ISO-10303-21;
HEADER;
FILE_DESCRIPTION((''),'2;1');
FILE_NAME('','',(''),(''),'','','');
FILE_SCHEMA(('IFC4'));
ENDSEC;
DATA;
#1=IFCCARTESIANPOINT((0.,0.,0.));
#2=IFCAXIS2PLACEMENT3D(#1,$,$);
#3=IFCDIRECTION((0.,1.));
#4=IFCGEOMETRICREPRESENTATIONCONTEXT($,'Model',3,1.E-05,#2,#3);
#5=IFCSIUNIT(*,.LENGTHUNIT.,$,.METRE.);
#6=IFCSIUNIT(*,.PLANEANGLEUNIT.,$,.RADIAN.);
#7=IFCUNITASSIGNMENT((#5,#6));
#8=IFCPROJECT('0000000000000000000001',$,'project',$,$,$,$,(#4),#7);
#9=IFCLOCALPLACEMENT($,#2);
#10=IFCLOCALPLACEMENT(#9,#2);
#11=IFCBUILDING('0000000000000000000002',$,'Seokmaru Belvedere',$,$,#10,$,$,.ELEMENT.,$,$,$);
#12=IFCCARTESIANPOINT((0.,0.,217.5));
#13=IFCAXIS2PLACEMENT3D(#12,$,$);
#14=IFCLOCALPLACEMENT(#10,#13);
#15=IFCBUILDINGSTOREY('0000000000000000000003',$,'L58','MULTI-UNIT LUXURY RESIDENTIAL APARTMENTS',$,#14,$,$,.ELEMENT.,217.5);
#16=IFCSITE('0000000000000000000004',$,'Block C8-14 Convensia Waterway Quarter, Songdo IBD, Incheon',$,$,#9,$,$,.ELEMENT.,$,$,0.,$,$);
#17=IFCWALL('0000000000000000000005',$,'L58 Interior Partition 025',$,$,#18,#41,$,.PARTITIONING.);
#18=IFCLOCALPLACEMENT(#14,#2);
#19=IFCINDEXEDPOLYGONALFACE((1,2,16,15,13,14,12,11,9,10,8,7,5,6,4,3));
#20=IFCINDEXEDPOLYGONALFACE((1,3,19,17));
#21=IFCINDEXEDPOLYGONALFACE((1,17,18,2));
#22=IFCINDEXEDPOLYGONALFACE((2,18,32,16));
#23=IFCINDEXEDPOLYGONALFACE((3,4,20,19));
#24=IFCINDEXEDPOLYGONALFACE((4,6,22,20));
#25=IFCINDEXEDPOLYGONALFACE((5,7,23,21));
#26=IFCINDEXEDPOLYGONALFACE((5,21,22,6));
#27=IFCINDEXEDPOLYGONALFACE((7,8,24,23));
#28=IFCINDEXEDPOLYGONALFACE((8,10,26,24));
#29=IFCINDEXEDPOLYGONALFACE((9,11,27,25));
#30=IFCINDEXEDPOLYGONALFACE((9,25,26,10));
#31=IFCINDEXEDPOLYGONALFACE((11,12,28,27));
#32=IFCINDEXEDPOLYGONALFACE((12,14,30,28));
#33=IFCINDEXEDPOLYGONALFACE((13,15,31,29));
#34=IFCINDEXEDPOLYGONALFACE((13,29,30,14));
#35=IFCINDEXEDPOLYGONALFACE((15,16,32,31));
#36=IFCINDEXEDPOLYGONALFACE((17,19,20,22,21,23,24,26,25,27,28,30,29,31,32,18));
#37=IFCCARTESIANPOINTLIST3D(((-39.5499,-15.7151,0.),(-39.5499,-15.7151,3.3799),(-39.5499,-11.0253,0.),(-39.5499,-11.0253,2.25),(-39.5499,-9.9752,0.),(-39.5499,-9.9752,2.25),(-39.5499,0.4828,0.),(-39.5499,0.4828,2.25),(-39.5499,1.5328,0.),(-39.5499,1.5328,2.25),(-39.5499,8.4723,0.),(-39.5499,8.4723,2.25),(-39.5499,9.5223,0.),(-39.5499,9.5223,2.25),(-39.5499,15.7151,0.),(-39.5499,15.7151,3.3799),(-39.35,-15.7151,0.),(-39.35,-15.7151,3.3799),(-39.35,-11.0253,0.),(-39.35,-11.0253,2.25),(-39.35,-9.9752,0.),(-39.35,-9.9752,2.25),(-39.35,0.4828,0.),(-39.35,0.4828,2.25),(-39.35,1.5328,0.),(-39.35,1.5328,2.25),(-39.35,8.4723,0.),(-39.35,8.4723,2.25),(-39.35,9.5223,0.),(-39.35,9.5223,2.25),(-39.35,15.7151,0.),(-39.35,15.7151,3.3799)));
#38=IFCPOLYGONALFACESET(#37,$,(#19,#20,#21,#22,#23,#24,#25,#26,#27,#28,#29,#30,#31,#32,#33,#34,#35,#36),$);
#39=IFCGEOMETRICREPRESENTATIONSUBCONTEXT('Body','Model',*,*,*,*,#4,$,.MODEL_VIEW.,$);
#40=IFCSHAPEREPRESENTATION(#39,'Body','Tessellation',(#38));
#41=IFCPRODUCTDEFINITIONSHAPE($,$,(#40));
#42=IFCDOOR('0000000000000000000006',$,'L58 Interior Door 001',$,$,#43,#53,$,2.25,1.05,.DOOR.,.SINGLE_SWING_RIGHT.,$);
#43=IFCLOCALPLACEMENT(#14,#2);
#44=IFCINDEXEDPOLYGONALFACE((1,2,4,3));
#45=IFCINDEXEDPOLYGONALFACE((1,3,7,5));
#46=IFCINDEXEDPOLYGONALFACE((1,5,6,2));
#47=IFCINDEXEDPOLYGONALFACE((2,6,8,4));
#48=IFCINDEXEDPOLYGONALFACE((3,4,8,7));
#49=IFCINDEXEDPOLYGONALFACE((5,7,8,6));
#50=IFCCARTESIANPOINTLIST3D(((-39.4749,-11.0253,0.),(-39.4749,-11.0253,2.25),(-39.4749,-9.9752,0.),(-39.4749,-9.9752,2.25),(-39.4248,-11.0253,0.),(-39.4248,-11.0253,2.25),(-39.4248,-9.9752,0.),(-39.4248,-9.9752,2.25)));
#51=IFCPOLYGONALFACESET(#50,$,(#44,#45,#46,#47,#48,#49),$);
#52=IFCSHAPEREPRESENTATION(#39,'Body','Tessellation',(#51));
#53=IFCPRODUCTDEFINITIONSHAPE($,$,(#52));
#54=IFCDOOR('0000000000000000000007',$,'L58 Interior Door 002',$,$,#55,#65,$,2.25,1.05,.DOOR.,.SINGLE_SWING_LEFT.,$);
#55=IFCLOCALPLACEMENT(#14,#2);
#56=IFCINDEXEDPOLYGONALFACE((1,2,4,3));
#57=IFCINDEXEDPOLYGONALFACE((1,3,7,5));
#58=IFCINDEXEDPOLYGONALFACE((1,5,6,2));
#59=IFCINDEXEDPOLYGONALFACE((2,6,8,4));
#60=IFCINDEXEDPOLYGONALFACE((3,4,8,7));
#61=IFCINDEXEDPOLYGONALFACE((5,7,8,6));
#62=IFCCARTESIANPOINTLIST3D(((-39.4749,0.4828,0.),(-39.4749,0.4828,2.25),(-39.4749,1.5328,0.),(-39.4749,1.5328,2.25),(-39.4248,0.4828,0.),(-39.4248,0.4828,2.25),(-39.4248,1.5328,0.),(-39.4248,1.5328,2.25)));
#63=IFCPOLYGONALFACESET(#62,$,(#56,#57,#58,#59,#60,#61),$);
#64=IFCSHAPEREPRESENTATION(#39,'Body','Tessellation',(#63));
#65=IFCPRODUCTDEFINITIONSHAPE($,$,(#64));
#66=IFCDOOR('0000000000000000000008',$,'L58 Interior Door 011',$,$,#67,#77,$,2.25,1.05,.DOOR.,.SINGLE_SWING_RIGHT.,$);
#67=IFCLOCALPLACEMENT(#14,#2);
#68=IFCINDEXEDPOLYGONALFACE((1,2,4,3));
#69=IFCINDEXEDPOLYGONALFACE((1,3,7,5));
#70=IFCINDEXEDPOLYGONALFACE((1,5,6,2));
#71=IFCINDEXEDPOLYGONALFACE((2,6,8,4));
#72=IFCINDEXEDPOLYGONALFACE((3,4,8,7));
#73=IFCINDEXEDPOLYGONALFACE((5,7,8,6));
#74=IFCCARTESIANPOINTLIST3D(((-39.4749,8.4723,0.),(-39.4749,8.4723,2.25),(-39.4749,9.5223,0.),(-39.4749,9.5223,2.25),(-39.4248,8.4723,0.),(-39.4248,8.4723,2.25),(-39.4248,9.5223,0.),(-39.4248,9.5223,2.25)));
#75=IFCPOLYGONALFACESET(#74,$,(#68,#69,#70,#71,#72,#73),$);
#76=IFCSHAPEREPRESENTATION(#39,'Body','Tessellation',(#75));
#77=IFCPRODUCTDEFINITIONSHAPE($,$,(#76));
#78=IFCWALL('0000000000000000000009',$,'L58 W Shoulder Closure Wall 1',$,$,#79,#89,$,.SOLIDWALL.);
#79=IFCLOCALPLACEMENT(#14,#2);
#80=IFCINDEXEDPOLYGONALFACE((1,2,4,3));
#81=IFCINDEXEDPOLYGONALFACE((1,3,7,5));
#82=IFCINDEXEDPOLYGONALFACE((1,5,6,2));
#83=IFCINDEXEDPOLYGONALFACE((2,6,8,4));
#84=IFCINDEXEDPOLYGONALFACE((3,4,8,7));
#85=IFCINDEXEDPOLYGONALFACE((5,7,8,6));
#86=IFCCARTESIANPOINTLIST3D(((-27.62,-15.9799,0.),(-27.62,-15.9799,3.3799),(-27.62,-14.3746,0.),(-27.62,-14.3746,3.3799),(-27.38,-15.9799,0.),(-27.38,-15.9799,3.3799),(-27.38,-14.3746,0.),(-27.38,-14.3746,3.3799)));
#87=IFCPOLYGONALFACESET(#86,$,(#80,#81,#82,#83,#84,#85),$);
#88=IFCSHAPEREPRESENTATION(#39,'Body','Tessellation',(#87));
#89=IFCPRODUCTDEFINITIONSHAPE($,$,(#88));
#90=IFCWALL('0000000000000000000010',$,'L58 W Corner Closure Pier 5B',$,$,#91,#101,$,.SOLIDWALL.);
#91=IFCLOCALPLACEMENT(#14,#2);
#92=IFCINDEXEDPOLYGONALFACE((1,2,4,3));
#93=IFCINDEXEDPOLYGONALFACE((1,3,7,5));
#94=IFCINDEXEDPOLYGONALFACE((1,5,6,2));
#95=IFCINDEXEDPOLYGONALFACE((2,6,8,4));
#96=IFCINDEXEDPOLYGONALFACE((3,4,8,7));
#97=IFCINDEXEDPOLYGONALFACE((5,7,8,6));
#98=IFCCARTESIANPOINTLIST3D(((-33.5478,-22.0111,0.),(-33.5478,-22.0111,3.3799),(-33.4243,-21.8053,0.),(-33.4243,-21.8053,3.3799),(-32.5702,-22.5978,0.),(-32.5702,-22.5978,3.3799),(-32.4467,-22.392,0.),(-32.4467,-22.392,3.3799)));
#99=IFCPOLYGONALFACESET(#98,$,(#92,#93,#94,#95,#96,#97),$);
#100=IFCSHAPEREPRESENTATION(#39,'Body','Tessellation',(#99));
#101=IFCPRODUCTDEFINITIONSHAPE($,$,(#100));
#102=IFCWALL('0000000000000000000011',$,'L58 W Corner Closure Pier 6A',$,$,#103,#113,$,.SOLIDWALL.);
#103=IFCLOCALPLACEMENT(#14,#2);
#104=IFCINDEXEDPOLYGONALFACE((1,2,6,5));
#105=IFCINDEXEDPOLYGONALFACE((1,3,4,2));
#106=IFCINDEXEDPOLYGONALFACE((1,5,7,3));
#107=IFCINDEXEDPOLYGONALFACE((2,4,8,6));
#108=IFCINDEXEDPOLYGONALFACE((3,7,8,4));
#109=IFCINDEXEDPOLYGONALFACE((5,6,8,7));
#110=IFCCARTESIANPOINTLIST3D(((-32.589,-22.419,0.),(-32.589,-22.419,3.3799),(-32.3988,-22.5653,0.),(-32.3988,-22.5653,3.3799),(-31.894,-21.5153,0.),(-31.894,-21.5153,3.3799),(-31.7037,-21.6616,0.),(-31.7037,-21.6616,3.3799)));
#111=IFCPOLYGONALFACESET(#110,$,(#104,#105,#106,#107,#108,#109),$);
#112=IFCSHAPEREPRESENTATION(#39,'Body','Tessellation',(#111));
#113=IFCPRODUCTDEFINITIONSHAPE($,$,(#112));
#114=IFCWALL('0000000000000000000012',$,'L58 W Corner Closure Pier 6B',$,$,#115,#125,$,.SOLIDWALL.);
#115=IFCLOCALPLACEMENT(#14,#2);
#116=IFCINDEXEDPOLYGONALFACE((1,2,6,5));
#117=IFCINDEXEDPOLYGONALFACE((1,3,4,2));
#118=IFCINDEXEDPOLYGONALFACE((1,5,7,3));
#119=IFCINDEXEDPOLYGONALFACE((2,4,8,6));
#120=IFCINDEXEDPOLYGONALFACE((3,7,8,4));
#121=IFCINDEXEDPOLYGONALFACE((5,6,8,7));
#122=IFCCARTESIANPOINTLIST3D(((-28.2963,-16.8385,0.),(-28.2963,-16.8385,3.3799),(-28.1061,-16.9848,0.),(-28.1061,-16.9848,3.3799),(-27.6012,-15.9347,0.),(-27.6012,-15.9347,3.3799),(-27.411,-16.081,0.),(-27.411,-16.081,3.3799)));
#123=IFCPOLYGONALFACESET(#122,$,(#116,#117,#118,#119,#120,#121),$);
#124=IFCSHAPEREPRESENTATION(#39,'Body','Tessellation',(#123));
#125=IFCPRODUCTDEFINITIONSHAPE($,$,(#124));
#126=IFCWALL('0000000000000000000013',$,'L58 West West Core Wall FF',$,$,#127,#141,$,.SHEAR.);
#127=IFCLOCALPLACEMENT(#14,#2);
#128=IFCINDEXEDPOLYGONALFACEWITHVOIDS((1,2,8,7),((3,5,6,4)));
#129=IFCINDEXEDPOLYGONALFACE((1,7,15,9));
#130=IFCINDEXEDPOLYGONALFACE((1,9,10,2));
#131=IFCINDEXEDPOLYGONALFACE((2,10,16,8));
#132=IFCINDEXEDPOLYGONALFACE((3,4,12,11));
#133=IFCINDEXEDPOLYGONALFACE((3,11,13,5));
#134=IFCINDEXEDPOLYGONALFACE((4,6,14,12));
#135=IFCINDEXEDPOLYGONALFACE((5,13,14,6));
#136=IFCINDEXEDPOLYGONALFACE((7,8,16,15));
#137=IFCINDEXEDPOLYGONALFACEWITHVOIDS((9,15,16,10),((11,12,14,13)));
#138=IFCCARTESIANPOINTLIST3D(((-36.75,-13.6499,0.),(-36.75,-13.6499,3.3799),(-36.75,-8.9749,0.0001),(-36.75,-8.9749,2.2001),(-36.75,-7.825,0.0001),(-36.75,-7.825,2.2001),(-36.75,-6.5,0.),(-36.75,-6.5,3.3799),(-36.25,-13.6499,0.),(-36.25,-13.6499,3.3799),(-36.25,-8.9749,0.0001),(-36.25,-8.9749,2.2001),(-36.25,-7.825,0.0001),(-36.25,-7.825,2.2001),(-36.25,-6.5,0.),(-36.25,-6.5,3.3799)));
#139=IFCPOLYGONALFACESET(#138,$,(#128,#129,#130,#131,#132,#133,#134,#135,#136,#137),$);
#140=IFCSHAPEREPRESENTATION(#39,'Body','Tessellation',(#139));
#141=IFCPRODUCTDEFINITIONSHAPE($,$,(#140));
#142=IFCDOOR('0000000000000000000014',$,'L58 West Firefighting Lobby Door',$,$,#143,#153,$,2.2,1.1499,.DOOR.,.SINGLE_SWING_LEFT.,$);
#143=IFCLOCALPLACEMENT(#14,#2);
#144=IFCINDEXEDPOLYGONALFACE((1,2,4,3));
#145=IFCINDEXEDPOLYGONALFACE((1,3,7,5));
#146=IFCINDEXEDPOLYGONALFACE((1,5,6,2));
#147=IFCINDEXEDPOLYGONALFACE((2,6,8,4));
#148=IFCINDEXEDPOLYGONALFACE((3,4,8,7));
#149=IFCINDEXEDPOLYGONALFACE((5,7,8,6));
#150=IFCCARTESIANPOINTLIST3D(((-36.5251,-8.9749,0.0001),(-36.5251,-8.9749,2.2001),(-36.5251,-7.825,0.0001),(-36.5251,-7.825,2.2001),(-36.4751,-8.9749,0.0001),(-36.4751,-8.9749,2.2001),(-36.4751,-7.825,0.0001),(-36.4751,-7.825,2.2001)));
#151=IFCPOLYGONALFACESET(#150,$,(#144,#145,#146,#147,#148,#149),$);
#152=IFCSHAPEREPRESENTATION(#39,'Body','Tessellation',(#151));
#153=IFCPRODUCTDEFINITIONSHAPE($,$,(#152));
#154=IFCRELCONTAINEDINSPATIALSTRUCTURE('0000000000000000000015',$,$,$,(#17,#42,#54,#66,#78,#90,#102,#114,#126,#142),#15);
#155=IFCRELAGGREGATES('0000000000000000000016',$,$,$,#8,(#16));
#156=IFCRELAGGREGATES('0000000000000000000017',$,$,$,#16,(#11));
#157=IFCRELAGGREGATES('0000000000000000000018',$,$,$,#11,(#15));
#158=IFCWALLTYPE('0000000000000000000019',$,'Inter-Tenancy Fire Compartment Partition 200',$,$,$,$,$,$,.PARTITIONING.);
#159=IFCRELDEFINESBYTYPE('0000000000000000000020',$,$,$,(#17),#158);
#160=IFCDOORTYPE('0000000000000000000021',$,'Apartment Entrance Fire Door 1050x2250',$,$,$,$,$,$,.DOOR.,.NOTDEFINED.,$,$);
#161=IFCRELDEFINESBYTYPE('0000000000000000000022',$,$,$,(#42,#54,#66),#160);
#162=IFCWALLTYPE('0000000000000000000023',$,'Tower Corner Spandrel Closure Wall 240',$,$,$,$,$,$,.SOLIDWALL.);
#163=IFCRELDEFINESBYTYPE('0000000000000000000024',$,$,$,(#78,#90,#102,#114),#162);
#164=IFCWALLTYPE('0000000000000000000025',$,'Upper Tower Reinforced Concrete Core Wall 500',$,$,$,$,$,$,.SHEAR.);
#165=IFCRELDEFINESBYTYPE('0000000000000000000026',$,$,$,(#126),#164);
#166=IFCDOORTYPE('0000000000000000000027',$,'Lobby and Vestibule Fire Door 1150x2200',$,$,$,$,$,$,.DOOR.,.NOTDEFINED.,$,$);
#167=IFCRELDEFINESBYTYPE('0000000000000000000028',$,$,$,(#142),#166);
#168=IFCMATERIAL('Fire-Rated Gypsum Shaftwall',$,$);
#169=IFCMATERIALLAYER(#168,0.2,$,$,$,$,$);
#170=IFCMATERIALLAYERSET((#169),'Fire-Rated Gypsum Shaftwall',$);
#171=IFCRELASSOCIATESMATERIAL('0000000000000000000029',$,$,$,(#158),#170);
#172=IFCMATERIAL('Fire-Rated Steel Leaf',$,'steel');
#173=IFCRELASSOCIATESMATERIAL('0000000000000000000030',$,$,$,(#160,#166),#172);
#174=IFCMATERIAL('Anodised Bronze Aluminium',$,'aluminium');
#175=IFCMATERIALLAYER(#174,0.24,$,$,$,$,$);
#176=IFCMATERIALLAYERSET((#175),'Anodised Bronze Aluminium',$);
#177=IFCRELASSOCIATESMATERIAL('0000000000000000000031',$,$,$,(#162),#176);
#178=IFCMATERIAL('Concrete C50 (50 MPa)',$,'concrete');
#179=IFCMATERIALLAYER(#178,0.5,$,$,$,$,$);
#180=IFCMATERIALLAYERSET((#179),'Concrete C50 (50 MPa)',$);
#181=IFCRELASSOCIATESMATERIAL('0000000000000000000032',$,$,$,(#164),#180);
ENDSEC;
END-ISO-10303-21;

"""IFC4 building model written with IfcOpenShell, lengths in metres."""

from ifc_helpers import new_model, si_unit, direction, frame, frame_2d, origin, place, context, subcontext, project, spatial, rectangle, extrude, source, transform, mapped, material, layer, layer_set, type_object, type_shapes, element, fill, save


model = new_model("IFC4")

# Units and contexts
model_context = context("Model", 3, precision=1e-05, world=origin(), true_north=direction((0.0, 1.0)))
body_context = subcontext(model_context, "Body", "Model", "MODEL_VIEW")
ifc_project = project(units=[si_unit("LENGTHUNIT", "METRE"), si_unit("PLANEANGLEUNIT", "RADIAN")], contexts=[model_context])

# Site, building, storey
site_placement = place(None, origin())
site = spatial("IfcSite", under=ifc_project, at=site_placement, Name="Block C8-14 Convensia Waterway Quarter, Songdo IBD, Incheon", CompositionType="ELEMENT", RefElevation=0.0)
building_placement = place(site_placement, origin())
building = spatial("IfcBuilding", under=site, at=building_placement, Name="Seokmaru Belvedere", CompositionType="ELEMENT")
storey_placement = place(building_placement, frame((0.0, 0.0, 217.5)))
storey = spatial("IfcBuildingStorey", under=building, at=storey_placement, Name="L58", Description="MULTI-UNIT LUXURY RESIDENTIAL APARTMENTS", CompositionType="ELEMENT", Elevation=217.5)

# Shared definitions
ifc_material_1 = material(Name="Anodised Bronze Aluminium", Category="aluminium")

# Shared definitions
ifc_material_2 = material(Name="Fire-Rated Gypsum Shaftwall")
ifc_layer_1 = layer(ifc_material_2, 0.2)
ifc_layer_set_1 = layer_set([ifc_layer_1], Name="Fire-Rated Gypsum Shaftwall")
wall_type_1 = type_object("IfcWallType", Name="Inter-Tenancy Fire Compartment Partition 200", PredefinedType="PARTITIONING", material=ifc_layer_set_1)

# Wall, openings, doors
wall_1_placement = place(storey_placement, frame((-39.45, -15.7151, 0.0), z_axis=(0.0, 0.0, 1.0), x_axis=(0.0, 1.0, 0.0)))
wall_1 = element("IfcWall", 1, at=wall_1_placement, inside=storey, type_object=wall_type_1, Name="L58 Interior Partition 025", PredefinedType="PARTITIONING", context=body_context, shape_type="SweptSolid", body=[
    extrude(rectangle(XDim=31.4302, YDim=0.2, at=frame_2d((15.7151, 0.0))), origin(), (0.0, 0.0, 1.0), 3.3799),
])
opening_1_placement = place(wall_1_placement, frame((4.6899, 0.0, 0.0)))
opening_1 = element("IfcOpeningElement", 2, at=opening_1_placement, cuts=wall_1, PredefinedType="OPENING", context=body_context, shape_type="SweptSolid", body=[
    extrude(rectangle(XDim=1.05, YDim=2.25, at=frame_2d((0.5249, 1.125))), frame((0.0, 0.1099, 0.0), z_axis=(0.0, -1.0, 0.0), x_axis=(1.0, 0.0, 0.0)), (0.0, 0.0, 1.0), 0.22),
])
opening_2_placement = place(wall_1_placement, frame((16.198, 0.0, 0.0)))
opening_2 = element("IfcOpeningElement", 3, at=opening_2_placement, cuts=wall_1, PredefinedType="OPENING", context=body_context, shape_type="SweptSolid", body=[
    extrude(rectangle(XDim=1.05, YDim=2.25, at=frame_2d((0.5249, 1.125))), frame((0.0, 0.1099, 0.0), z_axis=(0.0, -1.0, 0.0), x_axis=(1.0, 0.0, 0.0)), (0.0, 0.0, 1.0), 0.22),
])
opening_3_placement = place(wall_1_placement, frame((24.1875, 0.0, 0.0)))
opening_3 = element("IfcOpeningElement", 4, at=opening_3_placement, cuts=wall_1, PredefinedType="OPENING", context=body_context, shape_type="SweptSolid", body=[
    extrude(rectangle(XDim=1.05, YDim=2.25, at=frame_2d((0.5249, 1.125))), frame((0.0, 0.1099, 0.0), z_axis=(0.0, -1.0, 0.0), x_axis=(1.0, 0.0, 0.0)), (0.0, 0.0, 1.0), 0.22),
])
ifc_material_3 = material(Name="Fire-Rated Steel Leaf", Category="steel")
door_type_1 = type_object("IfcDoorType", Name="Apartment Entrance Fire Door 1050x2250", OperationType="NOTDEFINED", PredefinedType="DOOR", material=ifc_material_3)
shared_shape_1 = source(origin(), body_context, "Body", "SweptSolid", [
    extrude(rectangle(XDim=1.05, YDim=2.25, at=frame_2d((0.5249, 1.125))), frame((0.0, 0.0249, 0.0), z_axis=(0.0, -1.0, 0.0), x_axis=(1.0, 0.0, 0.0)), (0.0, 0.0, 1.0), 0.05),
])
type_shapes(door_type_1, [shared_shape_1])
door_1_placement = place(opening_1_placement, origin())
door_1 = element("IfcDoor", 5, at=door_1_placement, inside=storey, type_object=door_type_1, Name="L58 Interior Door 001", OperationType="SINGLE_SWING_RIGHT", OverallHeight=2.25, OverallWidth=1.05, PredefinedType="DOOR", context=body_context, shape_type="MappedRepresentation", body=[
    mapped(shared_shape_1, transform((0.0, 0.0, 0.0), scale=1.0)),
])
fill(opening_1, door_1)
door_2_placement = place(opening_2_placement, origin())
door_2 = element("IfcDoor", 6, at=door_2_placement, inside=storey, type_object=door_type_1, Name="L58 Interior Door 002", OperationType="SINGLE_SWING_LEFT", OverallHeight=2.25, OverallWidth=1.05, PredefinedType="DOOR", context=body_context, shape_type="MappedRepresentation", body=[
    mapped(shared_shape_1, transform((0.0, 0.0, 0.0), scale=1.0)),
])
fill(opening_2, door_2)
door_3_placement = place(opening_3_placement, origin())
door_3 = element("IfcDoor", 7, at=door_3_placement, inside=storey, type_object=door_type_1, Name="L58 Interior Door 011", OperationType="SINGLE_SWING_RIGHT", OverallHeight=2.25, OverallWidth=1.05, PredefinedType="DOOR", context=body_context, shape_type="MappedRepresentation", body=[
    mapped(shared_shape_1, transform((0.0, 0.0, 0.0), scale=1.0)),
])
fill(opening_3, door_3)

# Walls
ifc_layer_2 = layer(ifc_material_1, 0.24)
ifc_layer_set_2 = layer_set([ifc_layer_2], Name="Anodised Bronze Aluminium")
wall_type_2 = type_object("IfcWallType", Name="Tower Corner Spandrel Closure Wall 240", PredefinedType="SOLIDWALL", material=ifc_layer_set_2)
wall_2_placement = place(storey_placement, frame((-27.5, -15.98, 0.0), z_axis=(0.0, 0.0, 1.0), x_axis=(0.0, 1.0, 0.0)))
element("IfcWall", 8, at=wall_2_placement, inside=storey, type_object=wall_type_2, Name="L58 W Shoulder Closure Wall 1", PredefinedType="SOLIDWALL", context=body_context, shape_type="SweptSolid", body=[
    extrude(rectangle(XDim=1.6052, YDim=0.24, at=frame_2d((0.8027, 0.0))), origin(), (0.0, 0.0, 1.0), 3.3799),
])
for number, where, z_axis, x_axis, name in (
    (9, (-33.4861, -21.9082, 0.0), (0.0, 0.0, 1.0), (0.857436, -0.51459, 0.0), "L58 W Corner Closure Pier 5B"),
    (10, (-32.4939, -22.4922, 0.0), (0.0, 0.0, 1.0), (0.609618, 0.792696, 0.0), "L58 W Corner Closure Pier 6A"),
    (11, (-28.2012, -16.9116, 0.0), (0.0, 0.0, 1.0), (0.609618, 0.792696, 0.0), "L58 W Corner Closure Pier 6B"),
):
    element("IfcWall", number, at=place(storey_placement, frame(where, z_axis=z_axis, x_axis=x_axis)), inside=storey, type_object=wall_type_2, Name=name, PredefinedType="SOLIDWALL", context=body_context, shape_type="SweptSolid", body=[
        extrude(rectangle(XDim=1.1401, YDim=0.24, at=frame_2d((0.5701, 0.0))), origin(), (0.0, 0.0, 1.0), 3.3799),
    ])

# Wall, opening, door
ifc_material_4 = material(Name="Concrete C50 (50 MPa)", Category="concrete")
ifc_layer_3 = layer(ifc_material_4, 0.5)
ifc_layer_set_3 = layer_set([ifc_layer_3], Name="Concrete C50 (50 MPa)")
wall_type_3 = type_object("IfcWallType", Name="Upper Tower Reinforced Concrete Core Wall 500", PredefinedType="SHEAR", material=ifc_layer_set_3)
wall_3_placement = place(storey_placement, frame((-36.5, -13.6499, 0.0), z_axis=(0.0, 0.0, 1.0), x_axis=(0.0, 1.0, 0.0)))
wall_3 = element("IfcWall", 12, at=wall_3_placement, inside=storey, type_object=wall_type_3, Name="L58 West West Core Wall FF", PredefinedType="SHEAR", context=body_context, shape_type="SweptSolid", body=[
    extrude(rectangle(XDim=7.1499, YDim=0.5, at=frame_2d((3.575, 0.0))), origin(), (0.0, 0.0, 1.0), 3.3799),
])
opening_4_placement = place(wall_3_placement, frame((4.675, 0.0, 0.0)))
opening_4 = element("IfcOpeningElement", 13, at=opening_4_placement, cuts=wall_3, PredefinedType="OPENING", context=body_context, shape_type="SweptSolid", body=[
    extrude(rectangle(XDim=1.1499, YDim=2.2, at=frame_2d((0.575, 1.1001))), frame((0.0, 0.26, 0.0), z_axis=(0.0, -1.0, 0.0), x_axis=(1.0, 0.0, 0.0)), (0.0, 0.0, 1.0), 0.52),
])
door_type_2 = type_object("IfcDoorType", Name="Lobby and Vestibule Fire Door 1150x2200", OperationType="NOTDEFINED", PredefinedType="DOOR", material=ifc_material_3)
shared_shape_2 = source(origin(), body_context, "Body", "SweptSolid", [
    extrude(rectangle(XDim=1.1499, YDim=2.2, at=frame_2d((0.575, 1.1001))), frame((0.0, 0.0249, 0.0), z_axis=(0.0, -1.0, 0.0), x_axis=(1.0, 0.0, 0.0)), (0.0, 0.0, 1.0), 0.05),
])
type_shapes(door_type_2, [shared_shape_2])
door_4_placement = place(opening_4_placement, frame((1.1499, 0.0, 0.0), z_axis=(0.0, 0.0, 1.0), x_axis=(-1.0, 0.0, 0.0)))
door_4 = element("IfcDoor", 14, at=door_4_placement, inside=storey, type_object=door_type_2, Name="L58 West Firefighting Lobby Door", OperationType="SINGLE_SWING_LEFT", OverallHeight=2.2, OverallWidth=1.1499, PredefinedType="DOOR", context=body_context, shape_type="MappedRepresentation", body=[
    mapped(shared_shape_2, transform((0.0, 0.0, 0.0), scale=1.0)),
])
fill(opening_4, door_4)

save(model, "model.ifc")
